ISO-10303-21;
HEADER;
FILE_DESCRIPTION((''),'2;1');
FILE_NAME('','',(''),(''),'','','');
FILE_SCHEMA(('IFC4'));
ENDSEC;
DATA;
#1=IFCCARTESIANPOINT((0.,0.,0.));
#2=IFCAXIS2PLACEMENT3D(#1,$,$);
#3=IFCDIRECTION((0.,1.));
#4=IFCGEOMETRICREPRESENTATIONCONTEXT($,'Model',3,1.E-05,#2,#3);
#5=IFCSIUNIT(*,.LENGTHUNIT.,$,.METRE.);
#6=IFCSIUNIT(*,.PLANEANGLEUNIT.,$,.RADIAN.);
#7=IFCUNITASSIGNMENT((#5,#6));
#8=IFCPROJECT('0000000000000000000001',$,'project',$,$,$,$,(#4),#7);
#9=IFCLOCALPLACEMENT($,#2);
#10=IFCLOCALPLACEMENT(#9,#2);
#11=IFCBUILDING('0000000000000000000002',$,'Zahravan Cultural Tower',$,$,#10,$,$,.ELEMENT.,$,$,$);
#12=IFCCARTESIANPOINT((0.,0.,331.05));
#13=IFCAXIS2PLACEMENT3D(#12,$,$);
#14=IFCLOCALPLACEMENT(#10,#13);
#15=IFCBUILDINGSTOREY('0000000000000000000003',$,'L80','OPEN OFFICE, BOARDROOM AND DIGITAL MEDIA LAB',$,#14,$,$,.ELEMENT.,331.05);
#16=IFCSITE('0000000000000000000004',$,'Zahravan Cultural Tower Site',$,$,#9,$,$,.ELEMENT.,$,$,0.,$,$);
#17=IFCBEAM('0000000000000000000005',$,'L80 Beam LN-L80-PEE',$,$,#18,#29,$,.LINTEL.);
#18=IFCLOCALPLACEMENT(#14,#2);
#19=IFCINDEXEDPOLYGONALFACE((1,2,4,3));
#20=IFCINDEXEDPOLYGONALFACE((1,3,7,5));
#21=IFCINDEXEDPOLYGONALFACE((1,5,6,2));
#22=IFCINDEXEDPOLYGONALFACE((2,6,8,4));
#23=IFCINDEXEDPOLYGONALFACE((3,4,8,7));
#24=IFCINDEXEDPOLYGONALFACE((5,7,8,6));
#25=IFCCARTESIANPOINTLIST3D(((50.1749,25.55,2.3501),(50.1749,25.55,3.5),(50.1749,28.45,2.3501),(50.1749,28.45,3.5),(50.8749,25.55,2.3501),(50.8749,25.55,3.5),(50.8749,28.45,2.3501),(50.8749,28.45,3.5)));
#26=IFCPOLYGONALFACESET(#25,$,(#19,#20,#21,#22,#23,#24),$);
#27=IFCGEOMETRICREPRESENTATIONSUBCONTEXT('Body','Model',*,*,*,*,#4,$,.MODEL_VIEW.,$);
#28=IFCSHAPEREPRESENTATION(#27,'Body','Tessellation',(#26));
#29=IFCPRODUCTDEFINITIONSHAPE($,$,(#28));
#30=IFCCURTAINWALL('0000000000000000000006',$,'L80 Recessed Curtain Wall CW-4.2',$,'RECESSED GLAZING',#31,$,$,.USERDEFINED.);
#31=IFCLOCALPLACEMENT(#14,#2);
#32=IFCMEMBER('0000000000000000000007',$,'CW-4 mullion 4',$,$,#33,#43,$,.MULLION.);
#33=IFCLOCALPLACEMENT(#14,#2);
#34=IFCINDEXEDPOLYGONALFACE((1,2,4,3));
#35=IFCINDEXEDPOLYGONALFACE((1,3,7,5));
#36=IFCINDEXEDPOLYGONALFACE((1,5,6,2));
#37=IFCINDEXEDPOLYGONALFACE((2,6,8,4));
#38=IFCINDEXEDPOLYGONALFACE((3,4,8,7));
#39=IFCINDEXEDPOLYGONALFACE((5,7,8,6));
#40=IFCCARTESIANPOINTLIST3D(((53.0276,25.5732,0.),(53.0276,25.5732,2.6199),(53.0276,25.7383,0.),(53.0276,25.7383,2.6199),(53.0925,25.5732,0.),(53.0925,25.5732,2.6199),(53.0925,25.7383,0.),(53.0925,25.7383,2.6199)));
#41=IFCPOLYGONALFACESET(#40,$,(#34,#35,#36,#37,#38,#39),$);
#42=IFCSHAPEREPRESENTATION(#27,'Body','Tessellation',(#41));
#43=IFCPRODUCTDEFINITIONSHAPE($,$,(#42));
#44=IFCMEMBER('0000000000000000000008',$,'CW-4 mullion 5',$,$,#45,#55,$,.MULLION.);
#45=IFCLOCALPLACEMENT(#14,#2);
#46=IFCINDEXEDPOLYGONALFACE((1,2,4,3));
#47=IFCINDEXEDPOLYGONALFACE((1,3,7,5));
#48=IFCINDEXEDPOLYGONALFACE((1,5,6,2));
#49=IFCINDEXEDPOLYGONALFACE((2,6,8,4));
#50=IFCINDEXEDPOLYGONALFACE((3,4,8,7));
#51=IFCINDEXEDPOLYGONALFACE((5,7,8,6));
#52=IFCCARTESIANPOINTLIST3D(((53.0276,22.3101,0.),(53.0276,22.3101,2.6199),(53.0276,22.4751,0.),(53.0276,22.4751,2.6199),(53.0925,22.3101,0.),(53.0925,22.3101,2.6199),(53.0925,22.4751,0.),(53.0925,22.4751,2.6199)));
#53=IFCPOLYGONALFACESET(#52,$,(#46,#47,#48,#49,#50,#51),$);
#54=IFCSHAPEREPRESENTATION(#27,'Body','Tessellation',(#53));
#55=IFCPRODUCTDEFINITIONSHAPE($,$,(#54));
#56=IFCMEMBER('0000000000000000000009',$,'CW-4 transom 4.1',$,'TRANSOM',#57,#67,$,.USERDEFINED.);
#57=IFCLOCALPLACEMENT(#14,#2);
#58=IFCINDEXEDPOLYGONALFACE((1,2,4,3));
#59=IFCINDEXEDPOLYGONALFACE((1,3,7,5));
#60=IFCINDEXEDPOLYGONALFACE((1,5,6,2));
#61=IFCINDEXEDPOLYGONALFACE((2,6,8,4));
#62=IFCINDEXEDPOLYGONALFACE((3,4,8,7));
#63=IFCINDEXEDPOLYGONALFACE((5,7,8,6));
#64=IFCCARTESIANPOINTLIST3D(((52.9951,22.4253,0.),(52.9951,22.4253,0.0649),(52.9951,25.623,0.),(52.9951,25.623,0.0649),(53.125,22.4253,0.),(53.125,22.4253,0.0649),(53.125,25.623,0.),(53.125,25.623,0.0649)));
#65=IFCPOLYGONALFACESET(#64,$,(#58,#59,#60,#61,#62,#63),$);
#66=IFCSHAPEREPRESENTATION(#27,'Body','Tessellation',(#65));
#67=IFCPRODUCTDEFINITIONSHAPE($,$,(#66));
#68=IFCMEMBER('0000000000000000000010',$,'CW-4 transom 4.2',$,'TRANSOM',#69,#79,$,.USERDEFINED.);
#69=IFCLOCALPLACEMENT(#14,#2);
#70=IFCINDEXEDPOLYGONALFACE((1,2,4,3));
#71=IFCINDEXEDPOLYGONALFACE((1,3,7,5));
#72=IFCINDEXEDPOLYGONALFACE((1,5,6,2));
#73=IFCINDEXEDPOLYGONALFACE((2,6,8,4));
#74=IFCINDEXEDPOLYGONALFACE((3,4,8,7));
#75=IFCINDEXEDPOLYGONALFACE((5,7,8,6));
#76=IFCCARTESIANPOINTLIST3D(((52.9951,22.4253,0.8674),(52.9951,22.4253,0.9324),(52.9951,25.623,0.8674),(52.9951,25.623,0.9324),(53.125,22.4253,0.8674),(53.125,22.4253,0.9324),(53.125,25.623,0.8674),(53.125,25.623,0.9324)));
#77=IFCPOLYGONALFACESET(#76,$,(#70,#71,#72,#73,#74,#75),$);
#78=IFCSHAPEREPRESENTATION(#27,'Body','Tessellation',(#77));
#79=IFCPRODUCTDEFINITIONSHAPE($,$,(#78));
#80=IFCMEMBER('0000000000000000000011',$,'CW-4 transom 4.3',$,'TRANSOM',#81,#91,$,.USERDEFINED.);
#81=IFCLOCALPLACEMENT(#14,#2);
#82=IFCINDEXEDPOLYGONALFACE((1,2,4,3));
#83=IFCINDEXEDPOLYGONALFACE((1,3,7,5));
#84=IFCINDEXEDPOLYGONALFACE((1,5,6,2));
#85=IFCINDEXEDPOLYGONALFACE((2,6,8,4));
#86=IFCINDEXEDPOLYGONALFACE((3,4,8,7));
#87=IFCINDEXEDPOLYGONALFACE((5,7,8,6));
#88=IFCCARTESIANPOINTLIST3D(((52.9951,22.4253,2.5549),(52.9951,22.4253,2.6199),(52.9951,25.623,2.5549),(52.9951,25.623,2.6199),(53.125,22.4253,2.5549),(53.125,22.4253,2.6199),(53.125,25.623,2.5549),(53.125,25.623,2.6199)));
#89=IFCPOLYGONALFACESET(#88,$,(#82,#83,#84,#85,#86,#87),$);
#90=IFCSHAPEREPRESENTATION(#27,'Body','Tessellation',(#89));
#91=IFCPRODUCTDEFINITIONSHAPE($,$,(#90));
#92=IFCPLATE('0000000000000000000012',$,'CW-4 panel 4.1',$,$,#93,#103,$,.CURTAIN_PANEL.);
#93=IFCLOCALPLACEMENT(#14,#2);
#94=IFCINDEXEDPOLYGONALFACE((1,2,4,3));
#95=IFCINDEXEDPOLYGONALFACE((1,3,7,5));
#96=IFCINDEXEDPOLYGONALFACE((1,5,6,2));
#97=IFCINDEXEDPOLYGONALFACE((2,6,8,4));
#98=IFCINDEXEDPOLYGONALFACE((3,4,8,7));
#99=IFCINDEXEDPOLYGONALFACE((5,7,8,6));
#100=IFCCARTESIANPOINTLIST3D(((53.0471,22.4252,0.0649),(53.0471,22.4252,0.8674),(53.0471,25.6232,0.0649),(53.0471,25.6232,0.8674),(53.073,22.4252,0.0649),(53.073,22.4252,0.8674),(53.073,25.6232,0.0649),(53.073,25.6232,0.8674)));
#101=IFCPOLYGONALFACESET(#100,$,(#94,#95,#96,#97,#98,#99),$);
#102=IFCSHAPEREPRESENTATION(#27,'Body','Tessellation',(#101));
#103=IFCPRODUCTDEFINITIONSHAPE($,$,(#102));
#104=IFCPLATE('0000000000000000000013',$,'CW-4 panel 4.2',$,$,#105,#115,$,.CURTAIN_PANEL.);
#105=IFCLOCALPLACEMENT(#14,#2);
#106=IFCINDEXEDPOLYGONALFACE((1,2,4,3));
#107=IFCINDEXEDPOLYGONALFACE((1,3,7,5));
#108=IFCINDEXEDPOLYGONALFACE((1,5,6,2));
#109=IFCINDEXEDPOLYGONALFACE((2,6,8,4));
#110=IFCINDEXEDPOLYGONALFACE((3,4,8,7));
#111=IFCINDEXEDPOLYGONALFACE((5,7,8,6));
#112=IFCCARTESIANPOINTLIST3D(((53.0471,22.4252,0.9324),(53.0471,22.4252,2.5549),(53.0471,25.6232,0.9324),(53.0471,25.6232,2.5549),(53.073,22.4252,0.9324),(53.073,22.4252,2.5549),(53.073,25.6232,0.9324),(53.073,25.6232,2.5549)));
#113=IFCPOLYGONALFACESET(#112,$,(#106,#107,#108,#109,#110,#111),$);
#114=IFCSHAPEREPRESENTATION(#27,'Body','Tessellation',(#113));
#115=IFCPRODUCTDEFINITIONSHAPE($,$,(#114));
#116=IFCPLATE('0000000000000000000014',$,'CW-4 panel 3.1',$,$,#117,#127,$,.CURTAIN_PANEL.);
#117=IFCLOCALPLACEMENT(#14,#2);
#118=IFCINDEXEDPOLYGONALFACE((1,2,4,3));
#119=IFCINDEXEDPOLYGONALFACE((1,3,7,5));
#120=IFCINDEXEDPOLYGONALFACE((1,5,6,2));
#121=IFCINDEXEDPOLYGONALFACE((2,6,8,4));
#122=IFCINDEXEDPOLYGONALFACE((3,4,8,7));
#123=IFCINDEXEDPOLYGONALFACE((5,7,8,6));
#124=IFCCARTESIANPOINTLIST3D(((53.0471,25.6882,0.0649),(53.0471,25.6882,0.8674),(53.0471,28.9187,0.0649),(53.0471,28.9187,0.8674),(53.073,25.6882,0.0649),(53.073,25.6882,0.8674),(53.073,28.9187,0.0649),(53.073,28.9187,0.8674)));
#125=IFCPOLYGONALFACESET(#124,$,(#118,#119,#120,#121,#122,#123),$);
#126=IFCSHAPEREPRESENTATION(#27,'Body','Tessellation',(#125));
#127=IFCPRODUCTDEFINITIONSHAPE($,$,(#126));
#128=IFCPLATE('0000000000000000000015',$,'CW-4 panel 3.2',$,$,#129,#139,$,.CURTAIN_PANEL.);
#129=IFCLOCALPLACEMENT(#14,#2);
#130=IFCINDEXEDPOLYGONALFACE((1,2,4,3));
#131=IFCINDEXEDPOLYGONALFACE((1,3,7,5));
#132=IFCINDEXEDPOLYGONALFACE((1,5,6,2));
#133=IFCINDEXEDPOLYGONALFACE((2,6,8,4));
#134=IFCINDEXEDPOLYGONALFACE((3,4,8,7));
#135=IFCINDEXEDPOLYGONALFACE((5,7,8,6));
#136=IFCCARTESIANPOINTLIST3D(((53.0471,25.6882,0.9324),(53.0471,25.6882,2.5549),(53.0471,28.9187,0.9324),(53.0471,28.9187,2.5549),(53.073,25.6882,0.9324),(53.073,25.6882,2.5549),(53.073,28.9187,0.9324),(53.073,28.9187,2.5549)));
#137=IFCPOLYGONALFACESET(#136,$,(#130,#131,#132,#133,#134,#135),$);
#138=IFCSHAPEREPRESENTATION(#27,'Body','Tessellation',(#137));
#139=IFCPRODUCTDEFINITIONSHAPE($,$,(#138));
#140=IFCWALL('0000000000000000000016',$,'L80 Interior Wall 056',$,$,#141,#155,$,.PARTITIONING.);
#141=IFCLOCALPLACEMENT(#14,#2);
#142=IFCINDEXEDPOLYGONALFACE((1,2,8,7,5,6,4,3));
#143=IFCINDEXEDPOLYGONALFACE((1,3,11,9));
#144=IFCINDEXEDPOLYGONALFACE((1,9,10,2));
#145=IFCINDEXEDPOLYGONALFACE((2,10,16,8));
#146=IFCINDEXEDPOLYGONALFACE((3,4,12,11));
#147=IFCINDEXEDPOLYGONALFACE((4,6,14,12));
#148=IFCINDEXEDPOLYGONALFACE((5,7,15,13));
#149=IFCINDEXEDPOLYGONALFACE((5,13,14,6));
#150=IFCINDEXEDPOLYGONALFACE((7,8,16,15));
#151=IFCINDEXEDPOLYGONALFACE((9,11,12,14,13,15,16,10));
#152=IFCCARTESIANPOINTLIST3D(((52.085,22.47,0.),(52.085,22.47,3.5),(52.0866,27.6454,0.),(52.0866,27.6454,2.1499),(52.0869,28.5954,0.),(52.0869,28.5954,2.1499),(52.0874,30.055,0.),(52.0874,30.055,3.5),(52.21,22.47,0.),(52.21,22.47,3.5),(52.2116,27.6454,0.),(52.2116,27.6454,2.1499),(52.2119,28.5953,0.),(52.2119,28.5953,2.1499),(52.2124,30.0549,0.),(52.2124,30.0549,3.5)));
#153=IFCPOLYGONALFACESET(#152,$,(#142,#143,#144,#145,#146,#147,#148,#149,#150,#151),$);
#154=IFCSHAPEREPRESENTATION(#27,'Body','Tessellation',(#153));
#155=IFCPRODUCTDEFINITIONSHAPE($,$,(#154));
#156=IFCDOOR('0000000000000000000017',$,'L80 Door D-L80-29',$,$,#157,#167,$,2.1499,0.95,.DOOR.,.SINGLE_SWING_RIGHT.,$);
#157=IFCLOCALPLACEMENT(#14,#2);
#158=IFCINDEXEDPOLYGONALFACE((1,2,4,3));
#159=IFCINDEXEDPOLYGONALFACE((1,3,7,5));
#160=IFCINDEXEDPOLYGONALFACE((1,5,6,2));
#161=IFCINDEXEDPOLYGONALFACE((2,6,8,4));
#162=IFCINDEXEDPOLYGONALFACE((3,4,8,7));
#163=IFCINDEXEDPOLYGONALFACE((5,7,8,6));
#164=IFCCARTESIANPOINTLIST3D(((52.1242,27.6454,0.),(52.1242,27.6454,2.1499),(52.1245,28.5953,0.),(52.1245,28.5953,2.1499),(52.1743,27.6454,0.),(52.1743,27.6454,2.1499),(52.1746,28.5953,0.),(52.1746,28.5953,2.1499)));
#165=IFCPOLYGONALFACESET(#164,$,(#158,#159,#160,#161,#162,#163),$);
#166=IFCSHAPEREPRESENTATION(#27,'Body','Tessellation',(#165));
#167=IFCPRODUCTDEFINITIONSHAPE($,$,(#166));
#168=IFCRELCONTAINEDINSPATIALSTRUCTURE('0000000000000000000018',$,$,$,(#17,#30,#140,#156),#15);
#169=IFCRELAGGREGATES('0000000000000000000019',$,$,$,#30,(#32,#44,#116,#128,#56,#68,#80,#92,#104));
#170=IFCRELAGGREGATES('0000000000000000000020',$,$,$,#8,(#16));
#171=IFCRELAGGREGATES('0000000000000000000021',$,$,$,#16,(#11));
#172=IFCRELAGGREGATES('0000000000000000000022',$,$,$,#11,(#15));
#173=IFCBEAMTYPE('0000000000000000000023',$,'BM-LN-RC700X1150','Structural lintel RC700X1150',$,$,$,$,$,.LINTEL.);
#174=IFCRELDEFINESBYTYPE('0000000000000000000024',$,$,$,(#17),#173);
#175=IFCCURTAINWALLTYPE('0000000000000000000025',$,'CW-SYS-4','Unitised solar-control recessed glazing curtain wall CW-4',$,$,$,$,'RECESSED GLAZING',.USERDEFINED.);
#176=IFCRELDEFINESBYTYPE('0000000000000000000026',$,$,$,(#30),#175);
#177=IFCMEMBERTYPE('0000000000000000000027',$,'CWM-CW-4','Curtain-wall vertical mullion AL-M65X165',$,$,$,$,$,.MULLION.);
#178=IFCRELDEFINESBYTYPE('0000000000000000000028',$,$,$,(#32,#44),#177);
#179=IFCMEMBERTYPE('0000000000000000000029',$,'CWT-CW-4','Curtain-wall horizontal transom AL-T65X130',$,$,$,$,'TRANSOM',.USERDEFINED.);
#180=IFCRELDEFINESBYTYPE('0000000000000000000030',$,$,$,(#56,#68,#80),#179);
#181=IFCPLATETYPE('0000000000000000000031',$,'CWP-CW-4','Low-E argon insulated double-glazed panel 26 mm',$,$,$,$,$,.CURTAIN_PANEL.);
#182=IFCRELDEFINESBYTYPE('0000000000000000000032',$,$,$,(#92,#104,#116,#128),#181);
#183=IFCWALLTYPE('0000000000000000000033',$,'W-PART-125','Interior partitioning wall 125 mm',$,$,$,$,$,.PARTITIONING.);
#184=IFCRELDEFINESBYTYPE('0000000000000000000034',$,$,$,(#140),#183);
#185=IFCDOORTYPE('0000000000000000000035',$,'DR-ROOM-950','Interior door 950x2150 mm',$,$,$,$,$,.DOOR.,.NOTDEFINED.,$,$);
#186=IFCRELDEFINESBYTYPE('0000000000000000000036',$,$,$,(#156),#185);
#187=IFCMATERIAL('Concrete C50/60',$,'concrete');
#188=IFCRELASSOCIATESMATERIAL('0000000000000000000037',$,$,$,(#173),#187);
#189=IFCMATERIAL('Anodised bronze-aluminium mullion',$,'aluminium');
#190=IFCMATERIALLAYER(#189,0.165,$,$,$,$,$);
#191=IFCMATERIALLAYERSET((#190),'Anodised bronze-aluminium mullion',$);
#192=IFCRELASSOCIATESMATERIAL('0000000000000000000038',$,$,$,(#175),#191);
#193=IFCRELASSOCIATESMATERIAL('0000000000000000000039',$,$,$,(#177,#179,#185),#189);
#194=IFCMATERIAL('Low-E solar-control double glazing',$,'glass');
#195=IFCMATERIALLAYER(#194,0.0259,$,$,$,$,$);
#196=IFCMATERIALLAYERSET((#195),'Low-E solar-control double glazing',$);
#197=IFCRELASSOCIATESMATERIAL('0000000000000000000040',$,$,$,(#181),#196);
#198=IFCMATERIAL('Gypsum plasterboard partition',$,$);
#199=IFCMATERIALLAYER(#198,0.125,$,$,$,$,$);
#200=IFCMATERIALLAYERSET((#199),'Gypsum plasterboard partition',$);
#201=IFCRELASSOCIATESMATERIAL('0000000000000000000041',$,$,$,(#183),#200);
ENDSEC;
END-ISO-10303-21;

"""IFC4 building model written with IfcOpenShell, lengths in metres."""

from ifc_helpers import new_model, si_unit, direction, frame, frame_2d, origin, origin_2d, place, context, subcontext, project, spatial, rectangle, extrude, source, transform, mapped, material, layer, layer_set, material_profile, profile_set, type_object, element, fill, aggregate, save


model = new_model("IFC4")

# Units and contexts
model_context = context("Model", 3, precision=1e-05, world=origin(), true_north=direction((0.0, 1.0)))
body_context = subcontext(model_context, "Body", "Model", "MODEL_VIEW")
ifc_project = project(units=[si_unit("LENGTHUNIT", "METRE"), si_unit("PLANEANGLEUNIT", "RADIAN")], contexts=[model_context])

# Site, building, storey
site_placement = place(None, origin())
site = spatial("IfcSite", under=ifc_project, at=site_placement, Name="Zahravan Cultural Tower Site", CompositionType="ELEMENT", RefElevation=0.0)
building_placement = place(site_placement, origin())
building = spatial("IfcBuilding", under=site, at=building_placement, Name="Zahravan Cultural Tower", CompositionType="ELEMENT")
storey_placement = place(building_placement, frame((0.0, 0.0, 331.05)))
storey = spatial("IfcBuildingStorey", under=building, at=storey_placement, Name="L80", Description="OPEN OFFICE, BOARDROOM AND DIGITAL MEDIA LAB", CompositionType="ELEMENT", Elevation=331.05)

# Beam
ifc_material_1 = material(Name="Concrete C50/60", Category="concrete")
ifc_material_profile_1 = material_profile(ifc_material_1, rectangle(XDim=0.7, YDim=1.1499, at=origin_2d()), Name="RC700X1150")
ifc_profile_set_1 = profile_set([ifc_material_profile_1], Name="Concrete C50/60")
beam_type = type_object("IfcBeamType", Name="BM-LN-RC700X1150", Description="Structural lintel RC700X1150", PredefinedType="LINTEL", material=ifc_profile_set_1)
shared_shape_1 = source(origin(), body_context, "Body", "SweptSolid", [
    extrude(rectangle(XDim=0.7, YDim=1.1499, at=origin_2d()), origin(), (0.0, 0.0, 1.0), 2.8999),
])
beam_placement = place(storey_placement, frame((50.5249, 25.55, 2.925), z_axis=(0.0, 1.0, 0.0), x_axis=(-1.0, 0.0, 0.0)))
element("IfcBeam", 1, at=beam_placement, inside=storey, type_object=beam_type, Name="L80 Beam LN-L80-PEE", PredefinedType="LINTEL", context=body_context, shape_type="MappedRepresentation", body=[
    mapped(shared_shape_1, transform((0.0, 0.0, 0.0), x_axis=(1.0, 0.0, 0.0), y_axis=(0.0, 1.0, 0.0), z_axis=(0.0, 0.0, 1.0), scale=1.0)),
])

# Curtain wall, members, plates
ifc_material_2 = material(Name="Anodised bronze-aluminium mullion", Category="aluminium")
ifc_layer_1 = layer(ifc_material_2, 0.165)
ifc_layer_set_1 = layer_set([ifc_layer_1], Name="Anodised bronze-aluminium mullion")
curtain_wall_type = type_object("IfcCurtainWallType", Name="CW-SYS-4", Description="Unitised solar-control recessed glazing curtain wall CW-4", ElementType="RECESSED GLAZING", PredefinedType="USERDEFINED", material=ifc_layer_set_1)
curtain_wall_placement = place(storey_placement, origin())
curtain_wall = element("IfcCurtainWall", 2, at=curtain_wall_placement, inside=storey, type_object=curtain_wall_type, Name="L80 Recessed Curtain Wall CW-4.2", ObjectType="RECESSED GLAZING", PredefinedType="USERDEFINED")
ifc_material_profile_2 = material_profile(ifc_material_2, rectangle(XDim=0.0649, YDim=0.165, at=origin_2d()), Name="AL-M65X165")
ifc_profile_set_2 = profile_set([ifc_material_profile_2], Name="Anodised bronze-aluminium mullion")
member_type_1 = type_object("IfcMemberType", Name="CWM-CW-4", Description="Curtain-wall vertical mullion AL-M65X165", PredefinedType="MULLION", material=ifc_profile_set_2)
shared_shape_2 = source(origin(), body_context, "Body", "SweptSolid", [
    extrude(rectangle(XDim=0.0649, YDim=0.165, at=origin_2d()), origin(), (0.0, 0.0, 1.0), 2.6199),
])
member_1_placement = place(storey_placement, frame((53.0601, 25.6558, 0.0), z_axis=(0.0, 0.0, 1.0), x_axis=(1.0, 0.0, 0.0)))
member_1 = element("IfcMember", 3, at=member_1_placement, type_object=member_type_1, Name="CW-4 mullion 4", PredefinedType="MULLION", context=body_context, shape_type="MappedRepresentation", body=[
    mapped(shared_shape_2, transform((0.0, 0.0, 0.0), x_axis=(1.0, 0.0, 0.0), y_axis=(0.0, 1.0, 0.0), z_axis=(0.0, 0.0, 1.0), scale=1.0)),
])
member_2_placement = place(storey_placement, frame((53.0601, 22.3926, 0.0), z_axis=(0.0, 0.0, 1.0), x_axis=(1.0, 0.0, 0.0)))
member_2 = element("IfcMember", 4, at=member_2_placement, type_object=member_type_1, Name="CW-4 mullion 5", PredefinedType="MULLION", context=body_context, shape_type="MappedRepresentation", body=[
    mapped(shared_shape_2, transform((0.0, 0.0, 0.0), x_axis=(1.0, 0.0, 0.0), y_axis=(0.0, 1.0, 0.0), z_axis=(0.0, 0.0, 1.0), scale=1.0)),
])
ifc_material_profile_3 = material_profile(ifc_material_2, rectangle(XDim=0.1299, YDim=0.0649, at=origin_2d()), Name="AL-T65X130")
ifc_profile_set_3 = profile_set([ifc_material_profile_3], Name="Anodised bronze-aluminium mullion")
member_type_2 = type_object("IfcMemberType", Name="CWT-CW-4", Description="Curtain-wall horizontal transom AL-T65X130", ElementType="TRANSOM", PredefinedType="USERDEFINED", material=ifc_profile_set_3)
shared_shape_3 = source(origin(), body_context, "Body", "SweptSolid", [
    extrude(rectangle(XDim=0.1299, YDim=0.0649, at=origin_2d()), origin(), (0.0, 0.0, 1.0), 3.1978),
])
member_3_placement = place(storey_placement, frame((53.0601, 25.623, 0.0325), z_axis=(0.0, -1.0, 0.0), x_axis=(1.0, 0.0, 0.0)))
member_3 = element("IfcMember", 5, at=member_3_placement, type_object=member_type_2, Name="CW-4 transom 4.1", ObjectType="TRANSOM", PredefinedType="USERDEFINED", context=body_context, shape_type="MappedRepresentation", body=[
    mapped(shared_shape_3, transform((0.0, 0.0, 0.0), x_axis=(1.0, 0.0, 0.0), y_axis=(0.0, 1.0, 0.0), z_axis=(0.0, 0.0, 1.0), scale=1.0)),
])
member_4_placement = place(storey_placement, frame((53.0601, 25.623, 0.8999), z_axis=(0.0, -1.0, 0.0), x_axis=(1.0, 0.0, 0.0)))
member_4 = element("IfcMember", 6, at=member_4_placement, type_object=member_type_2, Name="CW-4 transom 4.2", ObjectType="TRANSOM", PredefinedType="USERDEFINED", context=body_context, shape_type="MappedRepresentation", body=[
    mapped(shared_shape_3, transform((0.0, 0.0, 0.0), x_axis=(1.0, 0.0, 0.0), y_axis=(0.0, 1.0, 0.0), z_axis=(0.0, 0.0, 1.0), scale=1.0)),
])
member_5_placement = place(storey_placement, frame((53.0601, 25.623, 2.5874), z_axis=(0.0, -1.0, 0.0), x_axis=(1.0, 0.0, 0.0)))
member_5 = element("IfcMember", 7, at=member_5_placement, type_object=member_type_2, Name="CW-4 transom 4.3", ObjectType="TRANSOM", PredefinedType="USERDEFINED", context=body_context, shape_type="MappedRepresentation", body=[
    mapped(shared_shape_3, transform((0.0, 0.0, 0.0), x_axis=(1.0, 0.0, 0.0), y_axis=(0.0, 1.0, 0.0), z_axis=(0.0, 0.0, 1.0), scale=1.0)),
])
ifc_material_3 = material(Name="Low-E solar-control double glazing", Category="glass")
ifc_layer_2 = layer(ifc_material_3, 0.0259)
ifc_layer_set_2 = layer_set([ifc_layer_2], Name="Low-E solar-control double glazing")
plate_type = type_object("IfcPlateType", Name="CWP-CW-4", Description="Low-E argon insulated double-glazed panel 26 mm", PredefinedType="CURTAIN_PANEL", material=ifc_layer_set_2)
shared_shape_4 = source(origin(), body_context, "Body", "SweptSolid", [
    extrude(rectangle(XDim=3.198, YDim=0.0259, at=origin_2d()), origin(), (0.0, 0.0, 1.0), 0.8025),
])
plate_1_placement = place(storey_placement, frame((53.0601, 24.0242, 0.0649), z_axis=(0.0, 0.0, 1.0), x_axis=(0.0, -1.0, 0.0)))
plate_1 = element("IfcPlate", 8, at=plate_1_placement, type_object=plate_type, Name="CW-4 panel 4.1", PredefinedType="CURTAIN_PANEL", context=body_context, shape_type="MappedRepresentation", body=[
    mapped(shared_shape_4, transform((0.0, 0.0, 0.0), x_axis=(1.0, 0.0, 0.0), y_axis=(0.0, 1.0, 0.0), z_axis=(0.0, 0.0, 1.0), scale=1.0)),
])
shared_shape_5 = source(origin(), body_context, "Body", "SweptSolid", [
    extrude(rectangle(XDim=3.198, YDim=0.0259, at=origin_2d()), origin(), (0.0, 0.0, 1.0), 1.6226),
])
plate_2_placement = place(storey_placement, frame((53.0601, 24.0242, 0.9324), z_axis=(0.0, 0.0, 1.0), x_axis=(0.0, -1.0, 0.0)))
plate_2 = element("IfcPlate", 9, at=plate_2_placement, type_object=plate_type, Name="CW-4 panel 4.2", PredefinedType="CURTAIN_PANEL", context=body_context, shape_type="MappedRepresentation", body=[
    mapped(shared_shape_5, transform((0.0, 0.0, 0.0), x_axis=(1.0, 0.0, 0.0), y_axis=(0.0, 1.0, 0.0), z_axis=(0.0, 0.0, 1.0), scale=1.0)),
])
shared_shape_6 = source(origin(), body_context, "Body", "SweptSolid", [
    extrude(rectangle(XDim=3.2305, YDim=0.0259, at=origin_2d()), origin(), (0.0, 0.0, 1.0), 0.8025),
])
plate_3_placement = place(storey_placement, frame((53.0601, 27.3035, 0.0649), z_axis=(0.0, 0.0, 1.0), x_axis=(0.0, -1.0, 0.0)))
plate_3 = element("IfcPlate", 10, at=plate_3_placement, type_object=plate_type, Name="CW-4 panel 3.1", PredefinedType="CURTAIN_PANEL", context=body_context, shape_type="MappedRepresentation", body=[
    mapped(shared_shape_6, transform((0.0, 0.0, 0.0), x_axis=(1.0, 0.0, 0.0), y_axis=(0.0, 1.0, 0.0), z_axis=(0.0, 0.0, 1.0), scale=1.0)),
])
shared_shape_7 = source(origin(), body_context, "Body", "SweptSolid", [
    extrude(rectangle(XDim=3.2305, YDim=0.0259, at=origin_2d()), origin(), (0.0, 0.0, 1.0), 1.6226),
])
plate_4_placement = place(storey_placement, frame((53.0601, 27.3035, 0.9324), z_axis=(0.0, 0.0, 1.0), x_axis=(0.0, -1.0, 0.0)))
plate_4 = element("IfcPlate", 11, at=plate_4_placement, type_object=plate_type, Name="CW-4 panel 3.2", PredefinedType="CURTAIN_PANEL", context=body_context, shape_type="MappedRepresentation", body=[
    mapped(shared_shape_7, transform((0.0, 0.0, 0.0), x_axis=(1.0, 0.0, 0.0), y_axis=(0.0, 1.0, 0.0), z_axis=(0.0, 0.0, 1.0), scale=1.0)),
])
aggregate(curtain_wall, [member_1, member_2, plate_3, plate_4, member_3, member_4, member_5, plate_1, plate_2])

# Wall, opening, door
ifc_material_4 = material(Name="Gypsum plasterboard partition")
ifc_layer_3 = layer(ifc_material_4, 0.125)
ifc_layer_set_3 = layer_set([ifc_layer_3], Name="Gypsum plasterboard partition")
wall_type_1 = type_object("IfcWallType", Name="W-PART-125", Description="Interior partitioning wall 125 mm", PredefinedType="PARTITIONING", material=ifc_layer_set_3)
wall_1_placement = place(storey_placement, frame((52.1475, 22.47, 0.0), z_axis=(0.0, 0.0, 1.0), x_axis=(0.000322, 1.0, 0.0)))
wall_1 = element("IfcWall", 12, at=wall_1_placement, inside=storey, type_object=wall_type_1, Name="L80 Interior Wall 056", PredefinedType="PARTITIONING", context=body_context, shape_type="SweptSolid", body=[
    extrude(rectangle(XDim=7.585, YDim=0.125, at=frame_2d((3.7925, 0.0))), origin(), (0.0, 0.0, 1.0), 3.5),
])
opening_placement = place(wall_1_placement, frame((5.1753, 0.0, 0.0)))
opening = element("IfcOpeningElement", 13, at=opening_placement, cuts=wall_1, PredefinedType="OPENING", context=body_context, shape_type="SweptSolid", body=[
    extrude(rectangle(XDim=0.95, YDim=2.1499, at=frame_2d((0.4751, 1.075))), frame((0.0, 0.0725, 0.0), z_axis=(0.0, -1.0, 0.0), x_axis=(1.0, 0.0, 0.0)), (0.0, 0.0, 1.0), 0.145),
])
door_type = type_object("IfcDoorType", Name="DR-ROOM-950", Description="Interior door 950x2150 mm", OperationType="NOTDEFINED", PredefinedType="DOOR", material=ifc_material_2)
shared_shape_8 = source(origin(), body_context, "Body", "SweptSolid", [
    extrude(rectangle(XDim=0.95, YDim=2.1499, at=frame_2d((0.4751, 1.075))), frame((0.0, 0.0249, 0.0), z_axis=(0.0, -1.0, 0.0), x_axis=(1.0, 0.0, 0.0)), (0.0, 0.0, 1.0), 0.05),
])
door_placement = place(opening_placement, origin())
door = element("IfcDoor", 14, at=door_placement, inside=storey, type_object=door_type, Name="L80 Door D-L80-29", OperationType="SINGLE_SWING_RIGHT", OverallHeight=2.1499, OverallWidth=0.95, PredefinedType="DOOR", context=body_context, shape_type="MappedRepresentation", body=[
    mapped(shared_shape_8, transform((0.0, 0.0, 0.0), x_axis=(1.0, 0.0, 0.0), y_axis=(0.0, 1.0, 0.0), z_axis=(0.0, 0.0, 1.0), scale=1.0)),
])
fill(opening, door)

save(model, "model.ifc")
